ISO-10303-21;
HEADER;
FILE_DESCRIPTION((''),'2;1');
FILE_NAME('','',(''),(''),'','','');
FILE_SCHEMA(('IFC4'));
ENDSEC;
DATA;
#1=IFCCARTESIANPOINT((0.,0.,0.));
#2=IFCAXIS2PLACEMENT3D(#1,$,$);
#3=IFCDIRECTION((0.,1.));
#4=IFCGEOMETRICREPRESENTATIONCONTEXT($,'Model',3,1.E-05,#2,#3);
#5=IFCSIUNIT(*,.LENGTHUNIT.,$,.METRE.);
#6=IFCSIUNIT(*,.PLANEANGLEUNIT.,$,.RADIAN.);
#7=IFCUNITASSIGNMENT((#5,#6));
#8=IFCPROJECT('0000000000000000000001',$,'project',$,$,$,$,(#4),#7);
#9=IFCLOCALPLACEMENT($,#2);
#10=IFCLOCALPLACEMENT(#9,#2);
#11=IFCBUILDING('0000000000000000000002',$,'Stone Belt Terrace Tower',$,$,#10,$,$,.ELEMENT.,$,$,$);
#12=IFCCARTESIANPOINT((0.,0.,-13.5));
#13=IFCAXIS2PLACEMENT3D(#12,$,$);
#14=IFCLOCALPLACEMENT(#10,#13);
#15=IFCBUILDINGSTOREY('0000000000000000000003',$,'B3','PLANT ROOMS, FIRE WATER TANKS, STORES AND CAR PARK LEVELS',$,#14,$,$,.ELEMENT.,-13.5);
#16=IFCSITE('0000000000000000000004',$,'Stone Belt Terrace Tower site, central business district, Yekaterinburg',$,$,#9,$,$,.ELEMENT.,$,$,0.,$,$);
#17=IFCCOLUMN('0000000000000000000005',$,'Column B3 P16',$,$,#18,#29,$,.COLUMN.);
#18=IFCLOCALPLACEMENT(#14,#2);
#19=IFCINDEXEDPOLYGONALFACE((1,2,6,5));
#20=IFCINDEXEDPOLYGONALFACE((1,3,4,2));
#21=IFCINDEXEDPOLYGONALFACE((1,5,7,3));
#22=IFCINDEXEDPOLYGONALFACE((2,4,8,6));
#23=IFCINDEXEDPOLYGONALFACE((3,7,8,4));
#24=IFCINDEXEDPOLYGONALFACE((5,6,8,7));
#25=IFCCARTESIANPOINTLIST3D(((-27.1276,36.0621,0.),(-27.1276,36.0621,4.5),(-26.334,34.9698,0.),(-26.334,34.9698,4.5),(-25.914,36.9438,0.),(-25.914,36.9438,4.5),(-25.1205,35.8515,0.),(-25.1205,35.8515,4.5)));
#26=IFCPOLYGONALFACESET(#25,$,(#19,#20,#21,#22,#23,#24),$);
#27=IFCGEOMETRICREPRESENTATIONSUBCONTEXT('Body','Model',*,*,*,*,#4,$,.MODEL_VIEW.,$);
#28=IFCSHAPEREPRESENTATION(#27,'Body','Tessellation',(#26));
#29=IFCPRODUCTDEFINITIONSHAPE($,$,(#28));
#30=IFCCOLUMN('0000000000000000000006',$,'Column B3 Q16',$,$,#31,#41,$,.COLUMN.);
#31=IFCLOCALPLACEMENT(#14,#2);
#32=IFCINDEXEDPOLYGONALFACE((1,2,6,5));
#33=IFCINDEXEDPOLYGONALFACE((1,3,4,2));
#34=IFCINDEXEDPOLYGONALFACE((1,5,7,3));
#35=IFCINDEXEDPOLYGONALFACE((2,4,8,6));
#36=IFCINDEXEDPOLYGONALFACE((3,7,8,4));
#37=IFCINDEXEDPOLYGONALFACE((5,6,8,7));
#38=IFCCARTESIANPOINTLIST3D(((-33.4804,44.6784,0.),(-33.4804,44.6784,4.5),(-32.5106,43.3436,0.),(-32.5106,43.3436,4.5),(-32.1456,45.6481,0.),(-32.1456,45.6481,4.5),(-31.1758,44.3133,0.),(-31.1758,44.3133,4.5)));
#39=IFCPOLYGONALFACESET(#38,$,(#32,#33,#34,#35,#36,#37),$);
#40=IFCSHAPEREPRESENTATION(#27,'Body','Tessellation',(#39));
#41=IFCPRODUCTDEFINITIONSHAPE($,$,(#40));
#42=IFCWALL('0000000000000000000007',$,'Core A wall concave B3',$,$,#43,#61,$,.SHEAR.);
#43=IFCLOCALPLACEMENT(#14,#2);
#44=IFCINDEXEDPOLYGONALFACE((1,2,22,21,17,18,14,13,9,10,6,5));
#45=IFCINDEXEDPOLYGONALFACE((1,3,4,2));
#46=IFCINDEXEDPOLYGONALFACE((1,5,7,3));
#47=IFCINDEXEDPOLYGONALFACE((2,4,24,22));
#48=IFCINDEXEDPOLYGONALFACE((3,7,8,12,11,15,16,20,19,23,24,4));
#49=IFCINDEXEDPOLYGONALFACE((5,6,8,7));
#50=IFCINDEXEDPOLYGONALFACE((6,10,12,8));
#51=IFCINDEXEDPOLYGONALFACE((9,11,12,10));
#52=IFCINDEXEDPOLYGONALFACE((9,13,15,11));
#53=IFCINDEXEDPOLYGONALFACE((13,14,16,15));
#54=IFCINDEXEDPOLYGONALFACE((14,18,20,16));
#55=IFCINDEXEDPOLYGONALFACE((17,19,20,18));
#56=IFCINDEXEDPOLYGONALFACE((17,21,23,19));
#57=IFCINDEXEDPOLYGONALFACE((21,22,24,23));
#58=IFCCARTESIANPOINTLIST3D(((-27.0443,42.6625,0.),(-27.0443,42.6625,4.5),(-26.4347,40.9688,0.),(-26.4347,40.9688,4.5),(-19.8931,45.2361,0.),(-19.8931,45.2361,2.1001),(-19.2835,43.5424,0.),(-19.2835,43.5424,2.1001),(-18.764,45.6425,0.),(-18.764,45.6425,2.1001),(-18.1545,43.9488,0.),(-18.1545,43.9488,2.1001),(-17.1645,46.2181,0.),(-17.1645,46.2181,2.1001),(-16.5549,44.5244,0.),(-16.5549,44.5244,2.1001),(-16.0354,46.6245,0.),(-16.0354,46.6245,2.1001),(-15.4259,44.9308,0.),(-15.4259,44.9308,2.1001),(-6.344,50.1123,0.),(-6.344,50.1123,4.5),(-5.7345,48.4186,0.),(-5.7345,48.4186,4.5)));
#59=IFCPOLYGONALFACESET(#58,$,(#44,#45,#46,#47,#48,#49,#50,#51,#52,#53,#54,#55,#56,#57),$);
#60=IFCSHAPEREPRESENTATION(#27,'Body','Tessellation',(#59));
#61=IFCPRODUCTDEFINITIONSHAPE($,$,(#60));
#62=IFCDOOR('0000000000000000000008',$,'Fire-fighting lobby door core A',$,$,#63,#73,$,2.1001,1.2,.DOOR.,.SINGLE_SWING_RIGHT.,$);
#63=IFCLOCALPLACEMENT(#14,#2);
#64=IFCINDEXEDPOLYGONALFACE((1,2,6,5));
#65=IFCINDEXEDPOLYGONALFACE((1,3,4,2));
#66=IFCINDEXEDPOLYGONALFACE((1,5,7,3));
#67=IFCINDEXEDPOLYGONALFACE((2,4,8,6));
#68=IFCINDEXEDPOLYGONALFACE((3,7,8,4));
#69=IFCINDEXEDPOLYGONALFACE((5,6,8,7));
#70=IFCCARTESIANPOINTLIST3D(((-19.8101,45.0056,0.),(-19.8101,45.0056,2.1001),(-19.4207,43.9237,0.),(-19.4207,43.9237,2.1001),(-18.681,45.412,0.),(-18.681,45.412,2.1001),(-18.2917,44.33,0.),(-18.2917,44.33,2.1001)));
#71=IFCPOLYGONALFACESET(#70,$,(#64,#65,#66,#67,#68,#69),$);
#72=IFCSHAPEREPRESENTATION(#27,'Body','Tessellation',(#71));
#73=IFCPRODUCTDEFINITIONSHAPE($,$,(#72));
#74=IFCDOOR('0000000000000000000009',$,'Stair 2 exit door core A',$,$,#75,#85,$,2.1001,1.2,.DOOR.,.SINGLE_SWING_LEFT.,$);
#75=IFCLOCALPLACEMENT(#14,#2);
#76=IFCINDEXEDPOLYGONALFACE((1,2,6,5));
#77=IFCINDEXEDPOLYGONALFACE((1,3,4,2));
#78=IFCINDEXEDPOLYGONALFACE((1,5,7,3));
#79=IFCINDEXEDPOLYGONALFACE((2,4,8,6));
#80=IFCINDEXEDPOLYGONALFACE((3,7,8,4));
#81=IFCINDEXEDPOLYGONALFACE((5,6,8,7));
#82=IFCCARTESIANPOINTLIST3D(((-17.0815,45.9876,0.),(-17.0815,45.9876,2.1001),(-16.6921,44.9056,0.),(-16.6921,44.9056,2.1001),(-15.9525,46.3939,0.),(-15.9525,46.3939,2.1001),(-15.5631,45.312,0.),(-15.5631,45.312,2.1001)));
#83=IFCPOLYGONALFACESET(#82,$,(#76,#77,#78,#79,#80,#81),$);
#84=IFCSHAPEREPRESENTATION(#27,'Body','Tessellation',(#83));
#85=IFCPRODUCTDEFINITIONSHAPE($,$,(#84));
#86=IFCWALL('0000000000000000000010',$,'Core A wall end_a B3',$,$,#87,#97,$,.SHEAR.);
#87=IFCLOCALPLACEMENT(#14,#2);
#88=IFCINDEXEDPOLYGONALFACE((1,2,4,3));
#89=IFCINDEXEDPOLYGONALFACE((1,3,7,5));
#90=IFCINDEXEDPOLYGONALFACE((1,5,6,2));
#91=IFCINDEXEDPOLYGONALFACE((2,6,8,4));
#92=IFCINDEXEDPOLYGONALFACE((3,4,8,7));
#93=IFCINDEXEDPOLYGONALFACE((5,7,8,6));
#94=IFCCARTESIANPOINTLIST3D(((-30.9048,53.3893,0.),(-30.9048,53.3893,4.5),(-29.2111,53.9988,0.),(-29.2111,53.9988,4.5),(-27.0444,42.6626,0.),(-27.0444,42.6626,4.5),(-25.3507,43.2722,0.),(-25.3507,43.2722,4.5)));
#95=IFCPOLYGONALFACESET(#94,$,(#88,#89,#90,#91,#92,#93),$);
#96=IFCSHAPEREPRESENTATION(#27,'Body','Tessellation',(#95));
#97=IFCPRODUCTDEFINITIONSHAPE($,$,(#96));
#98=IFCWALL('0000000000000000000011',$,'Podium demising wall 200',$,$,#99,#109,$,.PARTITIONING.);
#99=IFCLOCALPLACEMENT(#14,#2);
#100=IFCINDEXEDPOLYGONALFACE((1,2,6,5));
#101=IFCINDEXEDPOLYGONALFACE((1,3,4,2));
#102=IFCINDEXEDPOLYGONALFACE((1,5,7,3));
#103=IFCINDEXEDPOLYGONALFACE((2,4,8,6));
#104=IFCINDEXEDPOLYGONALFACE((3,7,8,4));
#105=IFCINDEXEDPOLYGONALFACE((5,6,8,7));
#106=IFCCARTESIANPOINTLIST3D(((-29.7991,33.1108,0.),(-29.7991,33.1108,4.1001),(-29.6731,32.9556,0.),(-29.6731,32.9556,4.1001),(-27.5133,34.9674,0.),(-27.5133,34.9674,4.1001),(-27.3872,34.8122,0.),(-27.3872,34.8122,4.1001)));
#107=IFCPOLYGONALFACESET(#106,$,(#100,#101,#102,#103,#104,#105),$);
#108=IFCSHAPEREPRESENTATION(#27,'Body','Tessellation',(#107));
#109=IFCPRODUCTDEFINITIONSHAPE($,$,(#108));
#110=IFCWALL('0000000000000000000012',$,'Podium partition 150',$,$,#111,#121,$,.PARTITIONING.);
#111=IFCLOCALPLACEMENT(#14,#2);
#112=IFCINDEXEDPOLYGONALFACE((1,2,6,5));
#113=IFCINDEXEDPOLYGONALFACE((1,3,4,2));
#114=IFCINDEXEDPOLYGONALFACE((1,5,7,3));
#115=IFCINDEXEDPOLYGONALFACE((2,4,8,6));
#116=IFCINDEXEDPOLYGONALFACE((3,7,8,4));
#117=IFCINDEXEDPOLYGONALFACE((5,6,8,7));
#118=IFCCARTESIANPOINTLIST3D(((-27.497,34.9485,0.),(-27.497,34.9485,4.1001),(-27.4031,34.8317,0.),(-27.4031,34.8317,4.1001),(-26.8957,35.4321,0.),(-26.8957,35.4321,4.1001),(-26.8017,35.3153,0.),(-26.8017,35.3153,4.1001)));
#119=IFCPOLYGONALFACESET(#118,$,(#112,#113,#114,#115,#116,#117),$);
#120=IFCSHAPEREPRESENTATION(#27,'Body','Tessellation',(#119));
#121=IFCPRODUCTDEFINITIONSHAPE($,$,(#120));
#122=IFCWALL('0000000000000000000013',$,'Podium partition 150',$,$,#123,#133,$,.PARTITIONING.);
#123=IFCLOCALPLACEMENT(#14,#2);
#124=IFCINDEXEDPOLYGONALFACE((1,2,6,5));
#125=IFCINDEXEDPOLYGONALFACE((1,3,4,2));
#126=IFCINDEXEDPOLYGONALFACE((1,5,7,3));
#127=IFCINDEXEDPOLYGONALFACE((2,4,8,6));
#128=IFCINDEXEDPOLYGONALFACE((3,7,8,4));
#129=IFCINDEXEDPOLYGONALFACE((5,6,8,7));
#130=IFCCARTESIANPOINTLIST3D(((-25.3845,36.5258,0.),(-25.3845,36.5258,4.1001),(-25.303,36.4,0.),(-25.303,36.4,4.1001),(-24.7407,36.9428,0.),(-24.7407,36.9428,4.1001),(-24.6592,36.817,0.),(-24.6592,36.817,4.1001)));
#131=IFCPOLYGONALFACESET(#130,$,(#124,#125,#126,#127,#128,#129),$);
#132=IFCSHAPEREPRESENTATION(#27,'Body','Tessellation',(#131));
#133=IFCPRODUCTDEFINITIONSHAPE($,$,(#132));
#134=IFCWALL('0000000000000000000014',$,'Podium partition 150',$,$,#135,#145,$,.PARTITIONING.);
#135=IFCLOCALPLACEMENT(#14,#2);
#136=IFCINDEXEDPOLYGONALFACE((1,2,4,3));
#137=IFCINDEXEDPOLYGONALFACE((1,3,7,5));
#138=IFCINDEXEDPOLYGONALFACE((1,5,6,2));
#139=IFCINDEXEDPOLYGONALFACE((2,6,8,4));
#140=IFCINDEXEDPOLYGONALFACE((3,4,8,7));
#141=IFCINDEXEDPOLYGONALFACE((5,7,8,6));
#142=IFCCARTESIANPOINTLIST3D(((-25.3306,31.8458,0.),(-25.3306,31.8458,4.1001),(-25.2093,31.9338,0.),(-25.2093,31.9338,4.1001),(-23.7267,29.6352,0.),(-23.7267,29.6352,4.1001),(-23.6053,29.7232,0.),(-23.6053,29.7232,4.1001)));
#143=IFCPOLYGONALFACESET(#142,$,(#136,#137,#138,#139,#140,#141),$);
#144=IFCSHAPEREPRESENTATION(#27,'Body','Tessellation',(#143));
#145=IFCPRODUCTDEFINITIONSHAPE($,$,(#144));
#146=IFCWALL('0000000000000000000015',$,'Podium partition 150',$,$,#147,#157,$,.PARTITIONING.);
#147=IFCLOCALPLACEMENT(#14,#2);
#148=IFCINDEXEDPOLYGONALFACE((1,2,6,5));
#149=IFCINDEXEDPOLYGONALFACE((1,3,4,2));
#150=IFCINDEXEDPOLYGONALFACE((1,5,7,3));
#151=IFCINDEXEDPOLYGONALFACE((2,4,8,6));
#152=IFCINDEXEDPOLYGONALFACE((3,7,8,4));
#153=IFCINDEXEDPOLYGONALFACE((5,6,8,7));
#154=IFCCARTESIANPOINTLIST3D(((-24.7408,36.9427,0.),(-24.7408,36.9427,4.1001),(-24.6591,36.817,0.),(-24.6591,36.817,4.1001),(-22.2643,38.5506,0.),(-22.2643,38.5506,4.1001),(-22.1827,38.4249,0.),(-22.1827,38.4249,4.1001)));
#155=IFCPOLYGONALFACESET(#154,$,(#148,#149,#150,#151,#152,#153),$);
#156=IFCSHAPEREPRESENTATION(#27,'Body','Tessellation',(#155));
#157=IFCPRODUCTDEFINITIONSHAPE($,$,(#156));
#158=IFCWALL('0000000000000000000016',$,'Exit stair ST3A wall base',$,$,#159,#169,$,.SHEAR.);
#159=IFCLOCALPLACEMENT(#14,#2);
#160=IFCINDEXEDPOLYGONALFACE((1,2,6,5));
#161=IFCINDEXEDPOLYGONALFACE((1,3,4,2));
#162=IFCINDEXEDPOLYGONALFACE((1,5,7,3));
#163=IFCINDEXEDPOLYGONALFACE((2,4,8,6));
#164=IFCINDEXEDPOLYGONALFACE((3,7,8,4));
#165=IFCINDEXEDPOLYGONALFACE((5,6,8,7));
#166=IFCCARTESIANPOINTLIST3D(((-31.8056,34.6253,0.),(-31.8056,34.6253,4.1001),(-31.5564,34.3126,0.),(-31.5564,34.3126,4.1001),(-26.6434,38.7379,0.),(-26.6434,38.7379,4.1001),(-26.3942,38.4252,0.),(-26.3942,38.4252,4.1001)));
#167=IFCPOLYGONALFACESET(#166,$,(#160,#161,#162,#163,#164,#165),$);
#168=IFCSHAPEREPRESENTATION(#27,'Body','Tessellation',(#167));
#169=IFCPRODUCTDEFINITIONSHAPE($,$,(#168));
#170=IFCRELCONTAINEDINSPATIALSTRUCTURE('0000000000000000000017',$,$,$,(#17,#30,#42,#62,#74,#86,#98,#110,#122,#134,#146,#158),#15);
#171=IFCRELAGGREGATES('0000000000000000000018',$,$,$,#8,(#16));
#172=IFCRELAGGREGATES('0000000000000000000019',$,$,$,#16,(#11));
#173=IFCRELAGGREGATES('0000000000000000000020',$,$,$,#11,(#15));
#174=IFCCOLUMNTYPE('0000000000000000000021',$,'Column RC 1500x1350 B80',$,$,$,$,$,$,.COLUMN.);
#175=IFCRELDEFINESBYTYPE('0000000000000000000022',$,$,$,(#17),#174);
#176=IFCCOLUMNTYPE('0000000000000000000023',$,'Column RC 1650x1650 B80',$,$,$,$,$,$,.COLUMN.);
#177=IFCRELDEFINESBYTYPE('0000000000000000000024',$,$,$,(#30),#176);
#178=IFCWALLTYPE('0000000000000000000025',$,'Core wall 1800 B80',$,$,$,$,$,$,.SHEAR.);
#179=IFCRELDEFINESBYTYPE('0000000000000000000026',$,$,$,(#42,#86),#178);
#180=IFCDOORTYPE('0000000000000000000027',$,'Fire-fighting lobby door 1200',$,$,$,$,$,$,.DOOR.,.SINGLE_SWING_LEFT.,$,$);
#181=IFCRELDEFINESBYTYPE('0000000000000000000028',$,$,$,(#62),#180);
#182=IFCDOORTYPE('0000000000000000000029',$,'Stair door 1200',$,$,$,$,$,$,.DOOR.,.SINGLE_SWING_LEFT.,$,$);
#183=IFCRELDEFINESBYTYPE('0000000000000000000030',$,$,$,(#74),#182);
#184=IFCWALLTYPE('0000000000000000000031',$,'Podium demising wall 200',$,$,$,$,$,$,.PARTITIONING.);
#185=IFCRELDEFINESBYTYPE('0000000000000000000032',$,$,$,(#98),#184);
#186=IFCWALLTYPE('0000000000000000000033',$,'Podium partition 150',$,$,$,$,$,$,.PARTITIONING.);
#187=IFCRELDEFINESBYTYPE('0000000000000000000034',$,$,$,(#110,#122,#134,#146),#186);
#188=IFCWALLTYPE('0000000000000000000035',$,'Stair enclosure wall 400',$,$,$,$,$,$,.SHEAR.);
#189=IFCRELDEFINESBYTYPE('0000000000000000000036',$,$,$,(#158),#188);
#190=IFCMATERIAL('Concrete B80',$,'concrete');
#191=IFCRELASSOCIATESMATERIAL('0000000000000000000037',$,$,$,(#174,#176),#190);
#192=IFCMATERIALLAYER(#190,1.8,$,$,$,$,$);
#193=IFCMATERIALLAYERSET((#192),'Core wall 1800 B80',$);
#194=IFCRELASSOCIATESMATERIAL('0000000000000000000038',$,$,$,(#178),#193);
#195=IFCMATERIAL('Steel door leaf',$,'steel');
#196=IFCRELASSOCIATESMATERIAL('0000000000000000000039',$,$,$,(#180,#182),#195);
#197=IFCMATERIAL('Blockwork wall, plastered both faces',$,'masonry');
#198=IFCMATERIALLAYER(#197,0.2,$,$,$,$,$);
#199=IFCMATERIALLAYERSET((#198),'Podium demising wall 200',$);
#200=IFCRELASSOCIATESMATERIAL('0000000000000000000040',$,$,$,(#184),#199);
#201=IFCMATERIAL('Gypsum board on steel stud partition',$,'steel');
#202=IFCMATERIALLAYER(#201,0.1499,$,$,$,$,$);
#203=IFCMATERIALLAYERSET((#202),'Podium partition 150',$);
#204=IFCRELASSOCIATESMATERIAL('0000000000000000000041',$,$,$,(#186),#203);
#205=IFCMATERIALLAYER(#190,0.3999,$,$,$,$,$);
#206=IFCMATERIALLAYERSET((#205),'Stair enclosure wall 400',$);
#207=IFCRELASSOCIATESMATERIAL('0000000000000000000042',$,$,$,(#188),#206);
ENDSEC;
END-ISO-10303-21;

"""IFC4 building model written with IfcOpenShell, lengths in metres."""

from ifc_helpers import new_model, si_unit, direction, frame, frame_2d, origin, origin_2d, place, context, subcontext, project, spatial, rectangle, extrude, material, layer, layer_set, material_profile, profile_set, type_object, element, fill, save


model = new_model("IFC4")

# Units and contexts
model_context = context("Model", 3, precision=1e-05, world=origin(), true_north=direction((0.0, 1.0)))
body_context = subcontext(model_context, "Body", "Model", "MODEL_VIEW")
ifc_project = project(units=[si_unit("LENGTHUNIT", "METRE"), si_unit("PLANEANGLEUNIT", "RADIAN")], contexts=[model_context])

# Site, building, storey
site_placement = place(None, origin())
site = spatial("IfcSite", under=ifc_project, at=site_placement, Name="Stone Belt Terrace Tower site, central business district, Yekaterinburg", CompositionType="ELEMENT", RefElevation=0.0)
building_placement = place(site_placement, origin())
building = spatial("IfcBuilding", under=site, at=building_placement, Name="Stone Belt Terrace Tower", CompositionType="ELEMENT")
storey_placement = place(building_placement, frame((0.0, 0.0, -13.5)))
storey = spatial("IfcBuildingStorey", under=building, at=storey_placement, Name="B3", Description="PLANT ROOMS, FIRE WATER TANKS, STORES AND CAR PARK LEVELS", CompositionType="ELEMENT", Elevation=-13.5)

# Columns
ifc_material_1 = material(Name="Concrete B80", Category="concrete")
ifc_material_profile_1 = material_profile(ifc_material_1, rectangle(XDim=1.5, YDim=1.3501, at=origin_2d()), Name="RC 1500x1350")
ifc_profile_set_1 = profile_set([ifc_material_profile_1], Name="Concrete B80")
column_type_1 = type_object("IfcColumnType", Name="Column RC 1500x1350 B80", PredefinedType="COLUMN", material=ifc_profile_set_1)
column_1_placement = place(storey_placement, frame((-26.124, 35.9568, 0.0), z_axis=(0.0, 0.0, 1.0), x_axis=(0.809017, 0.587785, 0.0)))
element("IfcColumn", 1, at=column_1_placement, inside=storey, type_object=column_type_1, Name="Column B3 P16", PredefinedType="COLUMN", context=body_context, shape_type="SweptSolid", body=[
    extrude(rectangle(XDim=1.5, YDim=1.3501, at=origin_2d()), origin(), (0.0, 0.0, 1.0), 4.5),
])
ifc_material_profile_2 = material_profile(ifc_material_1, rectangle(XDim=1.6499, YDim=1.6499, at=origin_2d()), Name="RC 1650x1650")
ifc_profile_set_2 = profile_set([ifc_material_profile_2], Name="Concrete B80")
column_type_2 = type_object("IfcColumnType", Name="Column RC 1650x1650 B80", PredefinedType="COLUMN", material=ifc_profile_set_2)
column_2_placement = place(storey_placement, frame((-32.3281, 44.4958, 0.0), z_axis=(0.0, 0.0, 1.0), x_axis=(0.809017, 0.587785, 0.0)))
element("IfcColumn", 2, at=column_2_placement, inside=storey, type_object=column_type_2, Name="Column B3 Q16", PredefinedType="COLUMN", context=body_context, shape_type="SweptSolid", body=[
    extrude(rectangle(XDim=1.6499, YDim=1.6499, at=origin_2d()), origin(), (0.0, 0.0, 1.0), 4.5),
])

# Wall, openings, doors
ifc_layer_1 = layer(ifc_material_1, 1.8)
ifc_layer_set_1 = layer_set([ifc_layer_1], Name="Core wall 1800 B80")
wall_type_1 = type_object("IfcWallType", Name="Core wall 1800 B80", PredefinedType="SHEAR", material=ifc_layer_set_1)
wall_1_placement = place(storey_placement, frame((-26.7395, 41.8157, 0.0), z_axis=(0.0, 0.0, 1.0), x_axis=(0.940922, 0.338624, 0.0)))
wall_1 = element("IfcWall", 3, at=wall_1_placement, inside=storey, type_object=wall_type_1, Name="Core A wall concave B3", PredefinedType="SHEAR", context=body_context, shape_type="SweptSolid", body=[
    extrude(rectangle(XDim=22.0, YDim=1.8, at=frame_2d((11.0, 0.0))), origin(), (0.0, 0.0, 1.0), 4.5),
])
opening_1_placement = place(wall_1_placement, frame((7.6001, 0.0, 0.0)))
opening_1 = element("IfcOpeningElement", 4, at=opening_1_placement, cuts=wall_1, PredefinedType="OPENING", context=body_context, shape_type="SweptSolid", body=[
    extrude(rectangle(XDim=1.2, YDim=2.1001, at=frame_2d((0.6001, 1.05))), frame((0.0, 0.9099, 0.0), z_axis=(0.0, -1.0, 0.0), x_axis=(1.0, 0.0, 0.0)), (0.0, 0.0, 1.0), 1.8201),
])
opening_2_placement = place(wall_1_placement, frame((10.5, 0.0, 0.0)))
opening_2 = element("IfcOpeningElement", 5, at=opening_2_placement, cuts=wall_1, PredefinedType="OPENING", context=body_context, shape_type="SweptSolid", body=[
    extrude(rectangle(XDim=1.2, YDim=2.1001, at=frame_2d((0.6001, 1.05))), frame((0.0, 0.9099, 0.0), z_axis=(0.0, -1.0, 0.0), x_axis=(1.0, 0.0, 0.0)), (0.0, 0.0, 1.0), 1.8201),
])
ifc_material_2 = material(Name="Steel door leaf", Category="steel")
door_type_1 = type_object("IfcDoorType", Name="Fire-fighting lobby door 1200", OperationType="SINGLE_SWING_LEFT", PredefinedType="DOOR", material=ifc_material_2)
door_1_placement = place(opening_1_placement, origin())
door_1 = element("IfcDoor", 6, at=door_1_placement, inside=storey, type_object=door_type_1, Name="Fire-fighting lobby door core A", OperationType="SINGLE_SWING_RIGHT", OverallHeight=2.1001, OverallWidth=1.2, PredefinedType="DOOR", context=body_context, shape_type="SweptSolid", body=[
    extrude(rectangle(XDim=1.2, YDim=2.1001, at=frame_2d((0.6001, 1.05))), frame((0.0, 0.655, 0.0), z_axis=(0.0, -1.0, 0.0), x_axis=(1.0, 0.0, 0.0)), (0.0, 0.0, 1.0), 1.1499),
])
fill(opening_1, door_1)
door_type_2 = type_object("IfcDoorType", Name="Stair door 1200", OperationType="SINGLE_SWING_LEFT", PredefinedType="DOOR", material=ifc_material_2)
door_2_placement = place(opening_2_placement, origin())
door_2 = element("IfcDoor", 7, at=door_2_placement, inside=storey, type_object=door_type_2, Name="Stair 2 exit door core A", OperationType="SINGLE_SWING_LEFT", OverallHeight=2.1001, OverallWidth=1.2, PredefinedType="DOOR", context=body_context, shape_type="SweptSolid", body=[
    extrude(rectangle(XDim=1.2, YDim=2.1001, at=frame_2d((0.6001, 1.05))), frame((0.0, 0.655, 0.0), z_axis=(0.0, -1.0, 0.0), x_axis=(1.0, 0.0, 0.0)), (0.0, 0.0, 1.0), 1.1499),
])
fill(opening_2, door_2)

# Walls
wall_2_placement = place(storey_placement, frame((-26.1975, 42.9673, 0.0), z_axis=(0.0, 0.0, 1.0), x_axis=(-0.338625, 0.940921, 0.0)))
element("IfcWall", 8, at=wall_2_placement, inside=storey, type_object=wall_type_1, Name="Core A wall end_a B3", PredefinedType="SHEAR", context=body_context, shape_type="SweptSolid", body=[
    extrude(rectangle(XDim=11.4001, YDim=1.8, at=frame_2d((5.7002, 0.0))), origin(), (0.0, 0.0, 1.0), 4.5),
])
ifc_material_3 = material(Name="Blockwork wall, plastered both faces", Category="masonry")
ifc_layer_2 = layer(ifc_material_3, 0.2)
ifc_layer_set_2 = layer_set([ifc_layer_2], Name="Podium demising wall 200")
wall_type_2 = type_object("IfcWallType", Name="Podium demising wall 200", PredefinedType="PARTITIONING", material=ifc_layer_set_2)
wall_3_placement = place(storey_placement, frame((-29.7361, 33.0332, 0.0), z_axis=(0.0, 0.0, 1.0), x_axis=(0.776213, 0.630471, 0.0)))
element("IfcWall", 9, at=wall_3_placement, inside=storey, type_object=wall_type_2, Name="Podium demising wall 200", PredefinedType="PARTITIONING", context=body_context, shape_type="SweptSolid", body=[
    extrude(rectangle(XDim=2.9448, YDim=0.2, at=frame_2d((1.4724, 0.0))), origin(), (0.0, 0.0, 1.0), 4.1001),
])
ifc_material_4 = material(Name="Gypsum board on steel stud partition", Category="steel")
ifc_layer_3 = layer(ifc_material_4, 0.1499)
ifc_layer_set_3 = layer_set([ifc_layer_3], Name="Podium partition 150")
wall_type_3 = type_object("IfcWallType", Name="Podium partition 150", PredefinedType="PARTITIONING", material=ifc_layer_set_3)
wall_4_placement = place(storey_placement, frame((-27.45, 34.8901, 0.0), z_axis=(0.0, 0.0, 1.0), x_axis=(0.77923, 0.626738, 0.0)))
element("IfcWall", 10, at=wall_4_placement, inside=storey, type_object=wall_type_3, Name="Podium partition 150", PredefinedType="PARTITIONING", context=body_context, shape_type="SweptSolid", body=[
    extrude(rectangle(XDim=0.7717, YDim=0.1499, at=frame_2d((0.3857, 0.0))), origin(), (0.0, 0.0, 1.0), 4.1001),
])
wall_5_placement = place(storey_placement, frame((-25.3438, 36.4629, 0.0), z_axis=(0.0, 0.0, 1.0), x_axis=(0.839322, 0.543634, 0.0)))
element("IfcWall", 11, at=wall_5_placement, inside=storey, type_object=wall_type_3, Name="Podium partition 150", PredefinedType="PARTITIONING", context=body_context, shape_type="SweptSolid", body=[
    extrude(rectangle(XDim=0.7671, YDim=0.1499, at=frame_2d((0.3835, 0.0))), origin(), (0.0, 0.0, 1.0), 4.1001),
])
wall_6_placement = place(storey_placement, frame((-25.27, 31.8899, 0.0), z_axis=(0.0, 0.0, 1.0), x_axis=(0.587268, -0.809393, 0.0)))
element("IfcWall", 12, at=wall_6_placement, inside=storey, type_object=wall_type_3, Name="Podium partition 150", PredefinedType="PARTITIONING", context=body_context, shape_type="SweptSolid", body=[
    extrude(rectangle(XDim=2.7312, YDim=0.1499, at=frame_2d((1.3657, 0.0))), origin(), (0.0, 0.0, 1.0), 4.1001),
])
wall_7_placement = place(storey_placement, frame((-24.7, 36.8799, 0.0), z_axis=(0.0, 0.0, 1.0), x_axis=(0.838731, 0.544547, 0.0)))
element("IfcWall", 13, at=wall_7_placement, inside=storey, type_object=wall_type_3, Name="Podium partition 150", PredefinedType="PARTITIONING", context=body_context, shape_type="SweptSolid", body=[
    extrude(rectangle(XDim=2.9526, YDim=0.1499, at=frame_2d((1.4763, 0.0))), origin(), (0.0, 0.0, 1.0), 4.1001),
])
ifc_layer_4 = layer(ifc_material_1, 0.3999)
ifc_layer_set_4 = layer_set([ifc_layer_4], Name="Stair enclosure wall 400")
wall_type_4 = type_object("IfcWallType", Name="Stair enclosure wall 400", PredefinedType="SHEAR", material=ifc_layer_set_4)
for number, where, z_axis, x_axis, name in (
    (14, (-26.5188, 38.5815, 0.0), (0.0, 0.0, 1.0), (-0.782134, -0.62311, 0.0), "Exit stair ST3A wall base"),
):
    element("IfcWall", number, at=place(storey_placement, frame(where, z_axis=z_axis, x_axis=x_axis)), inside=storey, type_object=wall_type_4, Name=name, PredefinedType="SHEAR", context=body_context, shape_type="SweptSolid", body=[
        extrude(rectangle(XDim=6.6001, YDim=0.3999, at=frame_2d((3.3, 0.0))), origin(), (0.0, 0.0, 1.0), 4.1001),
    ])

save(model, "model.ifc")
